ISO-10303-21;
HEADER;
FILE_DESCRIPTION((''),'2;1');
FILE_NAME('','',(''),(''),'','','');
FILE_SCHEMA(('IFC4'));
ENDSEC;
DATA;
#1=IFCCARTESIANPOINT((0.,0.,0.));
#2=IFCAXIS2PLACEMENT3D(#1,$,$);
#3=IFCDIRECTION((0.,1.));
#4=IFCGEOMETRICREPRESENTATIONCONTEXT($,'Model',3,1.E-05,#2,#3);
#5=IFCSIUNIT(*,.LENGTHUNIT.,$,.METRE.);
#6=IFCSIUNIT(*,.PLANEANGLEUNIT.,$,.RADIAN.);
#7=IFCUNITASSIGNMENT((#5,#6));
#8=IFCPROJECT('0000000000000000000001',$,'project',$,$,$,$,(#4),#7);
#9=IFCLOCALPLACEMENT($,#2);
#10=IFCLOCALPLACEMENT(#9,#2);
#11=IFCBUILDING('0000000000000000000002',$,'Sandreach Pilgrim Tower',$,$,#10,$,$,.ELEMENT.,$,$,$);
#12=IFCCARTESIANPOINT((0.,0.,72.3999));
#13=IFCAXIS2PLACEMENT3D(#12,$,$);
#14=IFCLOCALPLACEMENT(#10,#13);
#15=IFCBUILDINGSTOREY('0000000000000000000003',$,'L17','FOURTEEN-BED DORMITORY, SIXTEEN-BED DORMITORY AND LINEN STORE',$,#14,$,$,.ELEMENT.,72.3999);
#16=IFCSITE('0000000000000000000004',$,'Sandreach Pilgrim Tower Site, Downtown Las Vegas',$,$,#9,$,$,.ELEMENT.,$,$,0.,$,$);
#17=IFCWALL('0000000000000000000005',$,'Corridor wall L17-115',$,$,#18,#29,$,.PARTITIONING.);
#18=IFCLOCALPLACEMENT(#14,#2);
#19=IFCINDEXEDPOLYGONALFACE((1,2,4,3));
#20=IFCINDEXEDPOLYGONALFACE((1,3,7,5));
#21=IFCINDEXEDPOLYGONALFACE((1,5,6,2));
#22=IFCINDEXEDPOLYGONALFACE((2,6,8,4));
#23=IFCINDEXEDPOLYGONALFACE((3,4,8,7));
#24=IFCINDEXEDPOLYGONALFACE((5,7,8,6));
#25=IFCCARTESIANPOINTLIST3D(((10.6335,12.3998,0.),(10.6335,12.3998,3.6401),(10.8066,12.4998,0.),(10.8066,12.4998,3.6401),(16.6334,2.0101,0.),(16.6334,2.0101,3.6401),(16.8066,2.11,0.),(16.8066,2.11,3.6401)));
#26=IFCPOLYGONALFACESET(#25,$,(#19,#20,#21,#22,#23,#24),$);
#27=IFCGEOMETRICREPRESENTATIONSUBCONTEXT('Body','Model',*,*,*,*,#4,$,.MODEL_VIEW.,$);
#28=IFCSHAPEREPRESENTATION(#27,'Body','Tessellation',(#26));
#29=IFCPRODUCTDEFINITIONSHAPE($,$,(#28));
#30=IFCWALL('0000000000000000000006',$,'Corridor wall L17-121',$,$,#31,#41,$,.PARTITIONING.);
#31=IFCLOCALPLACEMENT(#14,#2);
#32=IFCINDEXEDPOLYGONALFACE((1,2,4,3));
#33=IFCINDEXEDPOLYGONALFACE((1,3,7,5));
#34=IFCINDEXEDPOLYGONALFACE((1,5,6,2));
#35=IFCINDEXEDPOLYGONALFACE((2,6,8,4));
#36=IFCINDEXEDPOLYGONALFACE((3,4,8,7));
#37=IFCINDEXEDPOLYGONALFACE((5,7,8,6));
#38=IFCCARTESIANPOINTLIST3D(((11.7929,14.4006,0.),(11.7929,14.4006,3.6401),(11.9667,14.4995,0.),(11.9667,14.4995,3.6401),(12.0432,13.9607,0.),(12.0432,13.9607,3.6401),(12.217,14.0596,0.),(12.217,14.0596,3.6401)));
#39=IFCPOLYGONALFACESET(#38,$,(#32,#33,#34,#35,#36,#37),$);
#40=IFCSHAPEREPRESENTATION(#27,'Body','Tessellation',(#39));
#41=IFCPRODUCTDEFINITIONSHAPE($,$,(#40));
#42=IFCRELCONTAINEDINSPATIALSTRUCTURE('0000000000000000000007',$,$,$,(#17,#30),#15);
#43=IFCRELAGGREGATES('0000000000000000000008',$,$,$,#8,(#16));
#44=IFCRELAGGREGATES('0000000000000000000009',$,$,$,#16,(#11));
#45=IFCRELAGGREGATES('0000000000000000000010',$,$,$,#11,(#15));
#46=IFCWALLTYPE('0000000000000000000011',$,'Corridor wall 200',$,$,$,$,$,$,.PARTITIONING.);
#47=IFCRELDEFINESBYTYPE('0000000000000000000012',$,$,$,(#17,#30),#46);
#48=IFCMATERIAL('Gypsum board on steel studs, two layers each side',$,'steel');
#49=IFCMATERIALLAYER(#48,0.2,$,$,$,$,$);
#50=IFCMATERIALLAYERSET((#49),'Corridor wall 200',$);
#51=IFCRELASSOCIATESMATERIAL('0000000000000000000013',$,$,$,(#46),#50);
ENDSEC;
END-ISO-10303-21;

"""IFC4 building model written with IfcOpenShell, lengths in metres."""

from ifc_helpers import new_model, si_unit, direction, frame, frame_2d, origin, place, context, subcontext, project, spatial, rectangle, extrude, material, layer, layer_set, type_object, element, save


model = new_model("IFC4")

# Units and contexts
model_context = context("Model", 3, precision=1e-05, world=origin(), true_north=direction((0.0, 1.0)))
body_context = subcontext(model_context, "Body", "Model", "MODEL_VIEW")
ifc_project = project(units=[si_unit("LENGTHUNIT", "METRE"), si_unit("PLANEANGLEUNIT", "RADIAN")], contexts=[model_context])

# Site, building, storey
site_placement = place(None, origin())
site = spatial("IfcSite", under=ifc_project, at=site_placement, Name="Sandreach Pilgrim Tower Site, Downtown Las Vegas", CompositionType="ELEMENT", RefElevation=0.0)
building_placement = place(site_placement, origin())
building = spatial("IfcBuilding", under=site, at=building_placement, Name="Sandreach Pilgrim Tower", CompositionType="ELEMENT")
storey_placement = place(building_placement, frame((0.0, 0.0, 72.3999)))
storey = spatial("IfcBuildingStorey", under=building, at=storey_placement, Name="L17", Description="FOURTEEN-BED DORMITORY, SIXTEEN-BED DORMITORY AND LINEN STORE", CompositionType="ELEMENT", Elevation=72.3999)

# Shared definitions
ifc_material_1 = material(Name="Gypsum board on steel studs, two layers each side", Category="steel")
ifc_layer_1 = layer(ifc_material_1, 0.2)
ifc_layer_set_1 = layer_set([ifc_layer_1], Name="Corridor wall 200")
wall_type_1 = type_object("IfcWallType", Name="Corridor wall 200", PredefinedType="PARTITIONING", material=ifc_layer_set_1)

# Wall
wall_1_placement = place(storey_placement, frame((10.72, 12.45, 0.0), z_axis=(0.0, 0.0, 1.0), x_axis=(0.500087, -0.865975, 0.0)))
element("IfcWall", 1, at=wall_1_placement, inside=storey, type_object=wall_type_1, Name="Corridor wall L17-115", PredefinedType="PARTITIONING", context=body_context, shape_type="SweptSolid", body=[
    extrude(rectangle(XDim=11.9978, YDim=0.2, at=frame_2d((5.999, 0.0))), origin(), (0.0, 0.0, 1.0), 3.6401),
])

# Wall
wall_2_placement = place(storey_placement, frame((11.8799, 14.45, 0.0), z_axis=(0.0, 0.0, 1.0), x_axis=(0.494424, -0.869221, 0.0)))
element("IfcWall", 2, at=wall_2_placement, inside=storey, type_object=wall_type_1, Name="Corridor wall L17-121", PredefinedType="PARTITIONING", context=body_context, shape_type="SweptSolid", body=[
    extrude(rectangle(XDim=0.5061, YDim=0.2, at=frame_2d((0.2529, 0.0))), origin(), (0.0, 0.0, 1.0), 3.6401),
])

save(model, "model.ifc")
